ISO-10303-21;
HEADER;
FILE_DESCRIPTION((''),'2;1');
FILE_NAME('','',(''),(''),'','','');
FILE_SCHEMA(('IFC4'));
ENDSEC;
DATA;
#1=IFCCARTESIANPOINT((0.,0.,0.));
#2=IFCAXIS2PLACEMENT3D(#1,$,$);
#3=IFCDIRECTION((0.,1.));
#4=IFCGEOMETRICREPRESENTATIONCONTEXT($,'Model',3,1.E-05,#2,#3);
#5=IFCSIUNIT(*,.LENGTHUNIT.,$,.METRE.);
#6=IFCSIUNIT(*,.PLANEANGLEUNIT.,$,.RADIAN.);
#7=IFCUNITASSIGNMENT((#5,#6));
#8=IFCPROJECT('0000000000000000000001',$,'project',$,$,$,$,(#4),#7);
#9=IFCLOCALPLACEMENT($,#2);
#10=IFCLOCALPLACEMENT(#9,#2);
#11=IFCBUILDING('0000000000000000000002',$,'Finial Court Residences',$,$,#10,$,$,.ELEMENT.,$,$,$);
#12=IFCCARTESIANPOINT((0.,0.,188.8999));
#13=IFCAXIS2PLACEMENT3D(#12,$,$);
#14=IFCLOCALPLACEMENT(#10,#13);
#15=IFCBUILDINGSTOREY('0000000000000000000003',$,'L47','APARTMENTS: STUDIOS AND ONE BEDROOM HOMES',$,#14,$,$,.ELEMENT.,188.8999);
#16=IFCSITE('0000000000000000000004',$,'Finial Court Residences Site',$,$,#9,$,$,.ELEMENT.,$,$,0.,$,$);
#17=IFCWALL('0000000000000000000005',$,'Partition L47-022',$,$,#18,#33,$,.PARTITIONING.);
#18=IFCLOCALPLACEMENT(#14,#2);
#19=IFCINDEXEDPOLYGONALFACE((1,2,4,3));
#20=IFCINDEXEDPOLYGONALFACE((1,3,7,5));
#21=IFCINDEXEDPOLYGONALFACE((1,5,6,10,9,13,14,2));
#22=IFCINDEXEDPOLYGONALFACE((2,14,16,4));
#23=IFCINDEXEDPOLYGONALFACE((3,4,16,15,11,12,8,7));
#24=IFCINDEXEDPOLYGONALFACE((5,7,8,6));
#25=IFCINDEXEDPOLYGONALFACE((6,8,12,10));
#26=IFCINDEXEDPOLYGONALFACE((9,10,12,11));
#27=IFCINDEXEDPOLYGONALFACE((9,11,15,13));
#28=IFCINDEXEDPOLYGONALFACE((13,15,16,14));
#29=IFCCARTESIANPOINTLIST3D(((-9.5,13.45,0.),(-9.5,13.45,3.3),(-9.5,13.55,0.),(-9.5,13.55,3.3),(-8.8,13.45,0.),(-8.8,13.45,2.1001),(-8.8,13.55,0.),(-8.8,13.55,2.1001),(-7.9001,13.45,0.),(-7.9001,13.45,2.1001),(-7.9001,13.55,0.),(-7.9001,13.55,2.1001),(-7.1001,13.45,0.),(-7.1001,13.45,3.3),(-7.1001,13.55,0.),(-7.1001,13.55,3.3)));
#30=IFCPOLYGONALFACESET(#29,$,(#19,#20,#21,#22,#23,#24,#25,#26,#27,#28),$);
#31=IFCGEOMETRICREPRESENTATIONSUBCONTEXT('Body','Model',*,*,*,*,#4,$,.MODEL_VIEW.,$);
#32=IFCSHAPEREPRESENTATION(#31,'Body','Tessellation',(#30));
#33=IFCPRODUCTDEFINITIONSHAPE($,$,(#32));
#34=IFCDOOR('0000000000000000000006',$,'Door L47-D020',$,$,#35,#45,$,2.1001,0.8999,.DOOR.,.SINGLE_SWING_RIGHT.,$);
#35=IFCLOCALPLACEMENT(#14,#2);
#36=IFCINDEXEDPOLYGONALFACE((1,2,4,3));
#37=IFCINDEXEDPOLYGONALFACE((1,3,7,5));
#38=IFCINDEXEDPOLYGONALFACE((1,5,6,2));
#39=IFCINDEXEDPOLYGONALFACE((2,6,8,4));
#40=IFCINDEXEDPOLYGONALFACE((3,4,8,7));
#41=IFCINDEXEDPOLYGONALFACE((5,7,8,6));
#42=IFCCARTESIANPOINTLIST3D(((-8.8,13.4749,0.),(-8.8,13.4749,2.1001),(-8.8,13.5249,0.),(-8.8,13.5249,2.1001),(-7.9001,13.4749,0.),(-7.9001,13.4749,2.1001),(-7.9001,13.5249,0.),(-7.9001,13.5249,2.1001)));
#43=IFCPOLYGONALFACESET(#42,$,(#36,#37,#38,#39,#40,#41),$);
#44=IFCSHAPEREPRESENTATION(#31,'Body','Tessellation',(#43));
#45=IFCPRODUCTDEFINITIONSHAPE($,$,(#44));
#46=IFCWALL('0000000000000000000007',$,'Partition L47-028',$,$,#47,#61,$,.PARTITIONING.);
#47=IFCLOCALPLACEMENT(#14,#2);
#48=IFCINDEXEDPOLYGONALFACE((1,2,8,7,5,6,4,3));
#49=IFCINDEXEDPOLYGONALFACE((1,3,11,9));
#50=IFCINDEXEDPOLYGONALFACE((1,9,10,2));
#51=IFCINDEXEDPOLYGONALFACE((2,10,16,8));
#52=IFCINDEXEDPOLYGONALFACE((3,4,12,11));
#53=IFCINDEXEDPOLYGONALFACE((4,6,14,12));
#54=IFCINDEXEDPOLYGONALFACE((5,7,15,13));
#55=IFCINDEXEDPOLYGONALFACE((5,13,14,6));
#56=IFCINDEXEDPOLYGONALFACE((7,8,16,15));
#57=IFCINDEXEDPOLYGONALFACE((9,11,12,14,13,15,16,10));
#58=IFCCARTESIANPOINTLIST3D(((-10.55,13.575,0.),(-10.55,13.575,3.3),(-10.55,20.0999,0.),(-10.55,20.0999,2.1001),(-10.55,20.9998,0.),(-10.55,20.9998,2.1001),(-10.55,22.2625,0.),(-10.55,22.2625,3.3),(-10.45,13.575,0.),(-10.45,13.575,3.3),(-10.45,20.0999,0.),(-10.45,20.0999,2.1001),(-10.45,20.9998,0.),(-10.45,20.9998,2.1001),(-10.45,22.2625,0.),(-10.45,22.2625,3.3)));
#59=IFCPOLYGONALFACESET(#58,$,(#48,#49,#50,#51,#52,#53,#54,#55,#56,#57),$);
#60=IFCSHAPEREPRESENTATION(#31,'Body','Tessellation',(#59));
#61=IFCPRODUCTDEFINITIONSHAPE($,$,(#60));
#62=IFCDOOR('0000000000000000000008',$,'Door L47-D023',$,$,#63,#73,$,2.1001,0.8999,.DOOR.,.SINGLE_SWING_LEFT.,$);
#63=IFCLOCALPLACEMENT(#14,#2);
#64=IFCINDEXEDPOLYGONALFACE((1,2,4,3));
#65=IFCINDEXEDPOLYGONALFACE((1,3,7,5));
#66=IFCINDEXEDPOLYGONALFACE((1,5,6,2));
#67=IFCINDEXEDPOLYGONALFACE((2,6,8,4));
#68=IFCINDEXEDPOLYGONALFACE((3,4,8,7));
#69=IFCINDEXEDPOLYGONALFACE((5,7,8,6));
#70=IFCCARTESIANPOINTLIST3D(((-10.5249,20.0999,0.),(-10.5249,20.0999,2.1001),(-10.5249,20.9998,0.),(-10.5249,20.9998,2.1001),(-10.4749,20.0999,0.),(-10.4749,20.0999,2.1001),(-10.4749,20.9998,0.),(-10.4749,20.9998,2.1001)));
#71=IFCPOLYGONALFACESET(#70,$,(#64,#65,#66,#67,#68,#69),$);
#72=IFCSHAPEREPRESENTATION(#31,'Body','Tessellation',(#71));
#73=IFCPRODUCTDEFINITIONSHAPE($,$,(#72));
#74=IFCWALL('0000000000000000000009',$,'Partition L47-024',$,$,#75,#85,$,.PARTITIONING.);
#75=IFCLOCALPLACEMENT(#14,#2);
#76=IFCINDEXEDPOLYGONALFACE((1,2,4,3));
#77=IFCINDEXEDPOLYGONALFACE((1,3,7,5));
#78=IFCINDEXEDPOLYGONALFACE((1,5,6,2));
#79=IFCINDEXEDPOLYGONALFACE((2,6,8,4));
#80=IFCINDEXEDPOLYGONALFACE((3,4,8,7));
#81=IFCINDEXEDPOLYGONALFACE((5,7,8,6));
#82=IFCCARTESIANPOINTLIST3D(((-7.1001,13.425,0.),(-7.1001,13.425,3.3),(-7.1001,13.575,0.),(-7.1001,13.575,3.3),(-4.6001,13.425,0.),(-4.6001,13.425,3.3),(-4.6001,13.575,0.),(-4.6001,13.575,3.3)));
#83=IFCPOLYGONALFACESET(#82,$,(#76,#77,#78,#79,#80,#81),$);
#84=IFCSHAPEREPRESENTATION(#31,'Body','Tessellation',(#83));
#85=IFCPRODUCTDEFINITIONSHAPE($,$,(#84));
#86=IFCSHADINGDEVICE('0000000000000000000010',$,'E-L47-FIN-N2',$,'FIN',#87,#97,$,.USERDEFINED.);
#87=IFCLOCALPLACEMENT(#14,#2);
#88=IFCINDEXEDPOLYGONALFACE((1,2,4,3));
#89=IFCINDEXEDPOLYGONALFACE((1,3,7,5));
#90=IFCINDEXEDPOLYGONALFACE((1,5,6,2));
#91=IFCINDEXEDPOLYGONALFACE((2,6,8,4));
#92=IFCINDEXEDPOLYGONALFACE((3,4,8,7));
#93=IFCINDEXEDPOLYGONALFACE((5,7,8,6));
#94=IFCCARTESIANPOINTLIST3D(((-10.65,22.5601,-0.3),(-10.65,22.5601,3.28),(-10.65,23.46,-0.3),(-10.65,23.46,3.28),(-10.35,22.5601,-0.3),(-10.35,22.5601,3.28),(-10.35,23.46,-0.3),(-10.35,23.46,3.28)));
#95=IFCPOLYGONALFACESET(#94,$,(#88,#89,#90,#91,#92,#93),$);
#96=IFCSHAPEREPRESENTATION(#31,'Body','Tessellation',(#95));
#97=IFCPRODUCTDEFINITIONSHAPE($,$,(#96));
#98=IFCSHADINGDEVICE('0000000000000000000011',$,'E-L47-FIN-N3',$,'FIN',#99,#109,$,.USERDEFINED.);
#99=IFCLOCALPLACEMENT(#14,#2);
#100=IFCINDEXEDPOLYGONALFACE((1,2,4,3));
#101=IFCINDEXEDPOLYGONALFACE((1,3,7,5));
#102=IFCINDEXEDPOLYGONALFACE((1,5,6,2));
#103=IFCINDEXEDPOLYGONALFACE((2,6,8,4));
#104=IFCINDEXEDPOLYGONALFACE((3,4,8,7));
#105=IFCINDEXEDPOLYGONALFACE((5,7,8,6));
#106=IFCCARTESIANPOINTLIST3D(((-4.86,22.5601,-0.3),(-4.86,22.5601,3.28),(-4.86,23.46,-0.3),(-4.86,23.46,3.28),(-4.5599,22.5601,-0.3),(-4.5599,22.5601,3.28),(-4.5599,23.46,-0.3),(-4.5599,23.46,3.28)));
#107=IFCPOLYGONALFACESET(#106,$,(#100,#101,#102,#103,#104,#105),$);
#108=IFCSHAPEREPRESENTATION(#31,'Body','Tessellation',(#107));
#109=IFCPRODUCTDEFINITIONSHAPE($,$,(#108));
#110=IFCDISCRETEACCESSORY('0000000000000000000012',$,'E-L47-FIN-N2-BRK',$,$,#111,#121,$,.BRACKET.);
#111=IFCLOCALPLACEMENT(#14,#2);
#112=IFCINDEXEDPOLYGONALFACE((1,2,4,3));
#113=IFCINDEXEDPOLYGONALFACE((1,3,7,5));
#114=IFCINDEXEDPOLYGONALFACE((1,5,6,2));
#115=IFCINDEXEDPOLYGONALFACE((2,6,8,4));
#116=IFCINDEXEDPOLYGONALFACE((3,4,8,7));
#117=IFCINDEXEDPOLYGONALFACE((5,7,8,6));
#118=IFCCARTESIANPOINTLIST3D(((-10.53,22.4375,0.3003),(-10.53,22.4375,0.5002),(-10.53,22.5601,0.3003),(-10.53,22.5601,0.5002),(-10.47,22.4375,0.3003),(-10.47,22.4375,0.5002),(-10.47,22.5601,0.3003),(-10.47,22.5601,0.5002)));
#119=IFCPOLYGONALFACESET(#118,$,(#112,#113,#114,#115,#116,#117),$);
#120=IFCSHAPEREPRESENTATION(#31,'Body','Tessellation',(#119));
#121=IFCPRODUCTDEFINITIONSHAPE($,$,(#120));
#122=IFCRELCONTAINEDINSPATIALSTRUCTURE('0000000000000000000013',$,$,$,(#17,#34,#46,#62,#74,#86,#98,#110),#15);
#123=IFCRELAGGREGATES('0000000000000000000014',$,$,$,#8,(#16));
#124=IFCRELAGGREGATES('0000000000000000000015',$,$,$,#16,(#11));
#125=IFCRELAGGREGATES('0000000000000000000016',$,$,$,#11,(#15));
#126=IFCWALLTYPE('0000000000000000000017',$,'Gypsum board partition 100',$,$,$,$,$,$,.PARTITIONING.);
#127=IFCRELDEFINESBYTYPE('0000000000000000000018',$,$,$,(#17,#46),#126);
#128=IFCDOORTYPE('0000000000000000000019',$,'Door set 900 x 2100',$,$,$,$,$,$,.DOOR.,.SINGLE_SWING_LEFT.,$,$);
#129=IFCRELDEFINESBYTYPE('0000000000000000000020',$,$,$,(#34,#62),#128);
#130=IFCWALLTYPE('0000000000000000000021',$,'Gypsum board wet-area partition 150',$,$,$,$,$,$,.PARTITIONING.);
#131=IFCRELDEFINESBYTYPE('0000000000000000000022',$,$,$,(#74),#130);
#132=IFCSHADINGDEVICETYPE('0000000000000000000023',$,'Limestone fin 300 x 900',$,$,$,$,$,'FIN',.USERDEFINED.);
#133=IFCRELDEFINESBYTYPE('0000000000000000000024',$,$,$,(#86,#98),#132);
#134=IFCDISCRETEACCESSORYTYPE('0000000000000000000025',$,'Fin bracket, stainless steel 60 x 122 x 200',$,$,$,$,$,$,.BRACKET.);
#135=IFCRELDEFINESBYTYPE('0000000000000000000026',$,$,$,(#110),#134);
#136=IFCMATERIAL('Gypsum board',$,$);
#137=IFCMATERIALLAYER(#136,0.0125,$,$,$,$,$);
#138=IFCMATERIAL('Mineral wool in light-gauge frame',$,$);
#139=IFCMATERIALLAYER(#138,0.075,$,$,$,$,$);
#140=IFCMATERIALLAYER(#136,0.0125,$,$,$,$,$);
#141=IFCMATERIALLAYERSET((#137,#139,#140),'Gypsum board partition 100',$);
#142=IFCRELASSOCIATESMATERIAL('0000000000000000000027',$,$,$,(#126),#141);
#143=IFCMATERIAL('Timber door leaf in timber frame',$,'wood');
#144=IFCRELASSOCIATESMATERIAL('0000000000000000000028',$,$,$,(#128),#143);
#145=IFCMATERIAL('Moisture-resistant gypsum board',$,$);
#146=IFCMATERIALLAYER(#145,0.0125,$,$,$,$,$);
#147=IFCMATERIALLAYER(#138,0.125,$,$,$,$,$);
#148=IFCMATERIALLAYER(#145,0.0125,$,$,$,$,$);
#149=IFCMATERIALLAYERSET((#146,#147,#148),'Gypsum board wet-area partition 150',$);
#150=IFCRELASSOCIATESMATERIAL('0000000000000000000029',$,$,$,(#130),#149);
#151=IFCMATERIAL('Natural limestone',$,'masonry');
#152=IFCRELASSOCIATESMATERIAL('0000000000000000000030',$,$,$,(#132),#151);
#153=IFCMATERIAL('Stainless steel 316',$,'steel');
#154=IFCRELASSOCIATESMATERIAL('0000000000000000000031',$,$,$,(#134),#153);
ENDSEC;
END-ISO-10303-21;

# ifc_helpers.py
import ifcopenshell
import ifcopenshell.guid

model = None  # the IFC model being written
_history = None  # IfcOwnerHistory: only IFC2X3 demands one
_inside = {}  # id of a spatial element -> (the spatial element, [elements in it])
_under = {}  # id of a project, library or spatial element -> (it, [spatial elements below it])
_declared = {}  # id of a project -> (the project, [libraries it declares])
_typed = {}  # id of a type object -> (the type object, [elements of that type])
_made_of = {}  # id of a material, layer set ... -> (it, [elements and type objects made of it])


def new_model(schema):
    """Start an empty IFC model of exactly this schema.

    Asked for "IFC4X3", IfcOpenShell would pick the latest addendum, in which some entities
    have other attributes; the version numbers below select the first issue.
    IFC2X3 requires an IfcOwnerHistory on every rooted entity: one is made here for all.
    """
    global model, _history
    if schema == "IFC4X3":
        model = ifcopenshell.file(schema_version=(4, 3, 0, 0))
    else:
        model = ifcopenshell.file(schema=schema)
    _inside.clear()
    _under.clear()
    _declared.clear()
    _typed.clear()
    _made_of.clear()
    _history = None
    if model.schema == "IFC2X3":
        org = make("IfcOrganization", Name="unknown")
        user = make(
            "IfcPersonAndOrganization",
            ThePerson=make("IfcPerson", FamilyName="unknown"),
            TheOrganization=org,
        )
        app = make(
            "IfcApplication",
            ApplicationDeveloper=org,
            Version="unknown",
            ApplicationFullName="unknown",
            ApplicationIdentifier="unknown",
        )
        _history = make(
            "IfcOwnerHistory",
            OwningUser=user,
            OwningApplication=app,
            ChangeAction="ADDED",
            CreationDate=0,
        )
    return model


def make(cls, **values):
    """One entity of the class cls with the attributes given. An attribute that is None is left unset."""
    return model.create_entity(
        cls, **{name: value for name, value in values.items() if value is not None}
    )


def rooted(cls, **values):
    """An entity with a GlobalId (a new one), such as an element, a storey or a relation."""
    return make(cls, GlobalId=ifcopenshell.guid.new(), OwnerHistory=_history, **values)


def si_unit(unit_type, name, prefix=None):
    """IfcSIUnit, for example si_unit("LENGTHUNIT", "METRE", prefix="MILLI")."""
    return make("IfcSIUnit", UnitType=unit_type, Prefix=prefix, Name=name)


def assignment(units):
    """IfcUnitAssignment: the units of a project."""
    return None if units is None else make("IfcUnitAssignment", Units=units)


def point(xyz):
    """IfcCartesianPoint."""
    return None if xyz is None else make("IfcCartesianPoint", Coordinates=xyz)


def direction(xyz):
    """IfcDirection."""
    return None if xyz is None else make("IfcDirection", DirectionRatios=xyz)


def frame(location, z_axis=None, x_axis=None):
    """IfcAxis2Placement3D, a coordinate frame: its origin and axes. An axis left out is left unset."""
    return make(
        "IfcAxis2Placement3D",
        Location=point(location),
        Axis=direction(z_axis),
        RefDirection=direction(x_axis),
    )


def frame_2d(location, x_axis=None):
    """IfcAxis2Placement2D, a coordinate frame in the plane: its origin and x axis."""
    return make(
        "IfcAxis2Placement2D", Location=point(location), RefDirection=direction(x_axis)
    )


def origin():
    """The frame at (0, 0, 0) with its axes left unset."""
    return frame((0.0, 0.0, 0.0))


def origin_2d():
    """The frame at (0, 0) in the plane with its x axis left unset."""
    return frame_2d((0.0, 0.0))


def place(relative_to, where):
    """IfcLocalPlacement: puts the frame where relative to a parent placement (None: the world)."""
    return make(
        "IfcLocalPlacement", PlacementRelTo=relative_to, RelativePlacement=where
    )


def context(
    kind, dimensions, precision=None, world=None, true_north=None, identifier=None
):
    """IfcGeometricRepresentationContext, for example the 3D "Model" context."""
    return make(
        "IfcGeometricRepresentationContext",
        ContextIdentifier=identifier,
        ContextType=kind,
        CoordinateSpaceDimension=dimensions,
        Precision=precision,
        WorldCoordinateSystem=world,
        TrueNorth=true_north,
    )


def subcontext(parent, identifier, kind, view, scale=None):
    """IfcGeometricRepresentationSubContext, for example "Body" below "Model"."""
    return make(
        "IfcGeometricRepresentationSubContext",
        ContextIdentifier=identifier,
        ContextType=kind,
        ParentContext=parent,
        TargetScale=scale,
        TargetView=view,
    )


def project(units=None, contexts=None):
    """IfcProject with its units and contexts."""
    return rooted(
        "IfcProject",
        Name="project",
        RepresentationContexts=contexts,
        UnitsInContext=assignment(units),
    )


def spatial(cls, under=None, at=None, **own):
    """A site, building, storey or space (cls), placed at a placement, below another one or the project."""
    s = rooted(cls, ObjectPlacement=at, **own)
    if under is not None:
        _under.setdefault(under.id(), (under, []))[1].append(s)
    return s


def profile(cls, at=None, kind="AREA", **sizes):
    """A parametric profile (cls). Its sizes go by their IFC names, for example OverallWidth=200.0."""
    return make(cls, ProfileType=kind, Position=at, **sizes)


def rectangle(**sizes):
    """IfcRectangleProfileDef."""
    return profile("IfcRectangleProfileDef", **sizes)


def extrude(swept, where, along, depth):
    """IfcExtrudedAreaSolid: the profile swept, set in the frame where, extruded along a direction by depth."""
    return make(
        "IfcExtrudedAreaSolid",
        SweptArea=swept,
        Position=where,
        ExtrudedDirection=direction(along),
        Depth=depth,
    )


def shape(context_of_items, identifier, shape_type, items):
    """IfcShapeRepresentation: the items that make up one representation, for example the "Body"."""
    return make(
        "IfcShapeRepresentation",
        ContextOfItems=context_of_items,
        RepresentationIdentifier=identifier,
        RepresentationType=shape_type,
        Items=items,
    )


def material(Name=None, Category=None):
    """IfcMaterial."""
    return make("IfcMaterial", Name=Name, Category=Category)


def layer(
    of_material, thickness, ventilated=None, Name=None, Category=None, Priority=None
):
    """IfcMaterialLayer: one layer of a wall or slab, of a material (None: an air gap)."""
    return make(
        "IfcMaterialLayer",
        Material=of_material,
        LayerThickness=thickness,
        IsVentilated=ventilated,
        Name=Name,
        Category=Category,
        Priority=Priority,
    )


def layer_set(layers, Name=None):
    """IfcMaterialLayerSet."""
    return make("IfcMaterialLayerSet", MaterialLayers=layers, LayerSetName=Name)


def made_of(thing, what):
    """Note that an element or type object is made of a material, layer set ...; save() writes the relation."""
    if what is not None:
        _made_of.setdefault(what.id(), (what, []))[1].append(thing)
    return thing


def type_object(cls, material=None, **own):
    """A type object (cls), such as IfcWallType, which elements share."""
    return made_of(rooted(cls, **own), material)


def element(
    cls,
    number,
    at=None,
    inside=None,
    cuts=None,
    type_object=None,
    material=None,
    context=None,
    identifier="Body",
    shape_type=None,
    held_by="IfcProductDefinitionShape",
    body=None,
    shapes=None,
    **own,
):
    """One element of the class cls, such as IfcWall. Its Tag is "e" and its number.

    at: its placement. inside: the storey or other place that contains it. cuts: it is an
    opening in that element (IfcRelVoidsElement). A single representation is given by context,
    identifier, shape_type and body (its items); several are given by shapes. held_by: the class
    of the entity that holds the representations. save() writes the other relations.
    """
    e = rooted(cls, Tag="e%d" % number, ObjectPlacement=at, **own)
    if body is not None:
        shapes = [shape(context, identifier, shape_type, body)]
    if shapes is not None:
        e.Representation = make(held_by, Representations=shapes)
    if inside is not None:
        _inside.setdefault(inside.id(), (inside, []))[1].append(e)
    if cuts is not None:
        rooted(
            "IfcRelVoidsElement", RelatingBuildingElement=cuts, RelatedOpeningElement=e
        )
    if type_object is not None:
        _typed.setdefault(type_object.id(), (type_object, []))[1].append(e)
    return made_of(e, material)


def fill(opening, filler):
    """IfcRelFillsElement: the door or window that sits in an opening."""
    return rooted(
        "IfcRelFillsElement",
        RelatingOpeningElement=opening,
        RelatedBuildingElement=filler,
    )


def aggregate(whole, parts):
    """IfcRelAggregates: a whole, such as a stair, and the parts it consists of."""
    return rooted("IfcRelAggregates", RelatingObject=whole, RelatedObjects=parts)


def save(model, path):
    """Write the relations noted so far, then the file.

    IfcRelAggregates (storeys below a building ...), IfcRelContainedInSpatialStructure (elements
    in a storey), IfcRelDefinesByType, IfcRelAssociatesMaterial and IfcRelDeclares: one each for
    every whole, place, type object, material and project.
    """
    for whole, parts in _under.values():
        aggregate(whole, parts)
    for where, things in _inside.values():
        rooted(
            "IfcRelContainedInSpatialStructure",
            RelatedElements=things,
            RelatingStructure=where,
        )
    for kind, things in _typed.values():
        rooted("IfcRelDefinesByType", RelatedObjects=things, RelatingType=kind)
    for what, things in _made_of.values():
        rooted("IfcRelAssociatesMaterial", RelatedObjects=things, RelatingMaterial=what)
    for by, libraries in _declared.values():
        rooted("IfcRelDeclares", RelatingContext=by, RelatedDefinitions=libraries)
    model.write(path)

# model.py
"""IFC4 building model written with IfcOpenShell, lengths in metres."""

from ifc_helpers import new_model, si_unit, direction, frame, frame_2d, origin, origin_2d, place, context, subcontext, project, spatial, rectangle, extrude, material, layer, layer_set, type_object, element, fill, save


model = new_model("IFC4")

# Units and contexts
model_context = context("Model", 3, precision=1e-05, world=origin(), true_north=direction((0.0, 1.0)))
body_context = subcontext(model_context, "Body", "Model", "MODEL_VIEW")
ifc_project = project(units=[si_unit("LENGTHUNIT", "METRE"), si_unit("PLANEANGLEUNIT", "RADIAN")], contexts=[model_context])

# Site, building, storey
site_placement = place(None, origin())
site = spatial("IfcSite", under=ifc_project, at=site_placement, Name="Finial Court Residences Site", CompositionType="ELEMENT", RefElevation=0.0)
building_placement = place(site_placement, origin())
building = spatial("IfcBuilding", under=site, at=building_placement, Name="Finial Court Residences", CompositionType="ELEMENT")
storey_placement = place(building_placement, frame((0.0, 0.0, 188.8999)))
storey = spatial("IfcBuildingStorey", under=building, at=storey_placement, Name="L47", Description="APARTMENTS: STUDIOS AND ONE BEDROOM HOMES", CompositionType="ELEMENT", Elevation=188.8999)

# Walls, openings, doors
ifc_material_1 = material(Name="Gypsum board")
ifc_layer_1 = layer(ifc_material_1, 0.0125)
ifc_material_2 = material(Name="Mineral wool in light-gauge frame")
ifc_layer_2 = layer(ifc_material_2, 0.075)
ifc_layer_3 = layer(ifc_material_1, 0.0125)
ifc_layer_set_1 = layer_set([ifc_layer_1, ifc_layer_2, ifc_layer_3], Name="Gypsum board partition 100")
wall_type_1 = type_object("IfcWallType", Name="Gypsum board partition 100", PredefinedType="PARTITIONING", material=ifc_layer_set_1)
wall_1_placement = place(storey_placement, frame((-9.5, 13.5, 0.0), z_axis=(0.0, 0.0, 1.0), x_axis=(1.0, 0.0, 0.0)))
wall_1 = element("IfcWall", 1, at=wall_1_placement, inside=storey, type_object=wall_type_1, Name="Partition L47-022", PredefinedType="PARTITIONING", context=body_context, shape_type="SweptSolid", body=[
    extrude(rectangle(XDim=2.3999, YDim=0.1001, at=frame_2d((1.2, 0.0))), origin(), (0.0, 0.0, 1.0), 3.3),
])
opening_1_placement = place(wall_1_placement, frame((0.7, 0.0, 0.0)))
opening_1 = element("IfcOpeningElement", 2, at=opening_1_placement, cuts=wall_1, PredefinedType="OPENING", context=body_context, shape_type="SweptSolid", body=[
    extrude(rectangle(XDim=0.8999, YDim=2.1001, at=frame_2d((0.45, 1.05))), frame((0.0, 0.0601, 0.0), z_axis=(0.0, -1.0, 0.0), x_axis=(1.0, 0.0, 0.0)), (0.0, 0.0, 1.0), 0.1201),
])
ifc_material_3 = material(Name="Timber door leaf in timber frame", Category="wood")
door_type = type_object("IfcDoorType", Name="Door set 900 x 2100", OperationType="SINGLE_SWING_LEFT", PredefinedType="DOOR", material=ifc_material_3)
door_1_placement = place(opening_1_placement, origin())
door_1 = element("IfcDoor", 3, at=door_1_placement, inside=storey, type_object=door_type, Name="Door L47-D020", OperationType="SINGLE_SWING_RIGHT", OverallHeight=2.1001, OverallWidth=0.8999, PredefinedType="DOOR", context=body_context, shape_type="SweptSolid", body=[
    extrude(rectangle(XDim=0.8999, YDim=2.1001, at=frame_2d((0.45, 1.05))), frame((0.0, 0.0249, 0.0), z_axis=(0.0, -1.0, 0.0), x_axis=(1.0, 0.0, 0.0)), (0.0, 0.0, 1.0), 0.05),
])
fill(opening_1, door_1)
wall_2_placement = place(storey_placement, frame((-10.5, 13.575, 0.0), z_axis=(0.0, 0.0, 1.0), x_axis=(0.0, 1.0, 0.0)))
wall_2 = element("IfcWall", 4, at=wall_2_placement, inside=storey, type_object=wall_type_1, Name="Partition L47-028", PredefinedType="PARTITIONING", context=body_context, shape_type="SweptSolid", body=[
    extrude(rectangle(XDim=8.6875, YDim=0.1001, at=frame_2d((4.3438, 0.0))), origin(), (0.0, 0.0, 1.0), 3.3),
])
opening_2_placement = place(wall_2_placement, frame((6.5249, 0.0, 0.0)))
opening_2 = element("IfcOpeningElement", 5, at=opening_2_placement, cuts=wall_2, PredefinedType="OPENING", context=body_context, shape_type="SweptSolid", body=[
    extrude(rectangle(XDim=0.8999, YDim=2.1001, at=frame_2d((0.45, 1.05))), frame((0.0, 0.0601, 0.0), z_axis=(0.0, -1.0, 0.0), x_axis=(1.0, 0.0, 0.0)), (0.0, 0.0, 1.0), 0.1201),
])
door_2_placement = place(opening_2_placement, origin())
door_2 = element("IfcDoor", 6, at=door_2_placement, inside=storey, type_object=door_type, Name="Door L47-D023", OperationType="SINGLE_SWING_LEFT", OverallHeight=2.1001, OverallWidth=0.8999, PredefinedType="DOOR", context=body_context, shape_type="SweptSolid", body=[
    extrude(rectangle(XDim=0.8999, YDim=2.1001, at=frame_2d((0.45, 1.05))), frame((0.0, 0.0249, 0.0), z_axis=(0.0, -1.0, 0.0), x_axis=(1.0, 0.0, 0.0)), (0.0, 0.0, 1.0), 0.05),
])
fill(opening_2, door_2)

# Wall
ifc_material_4 = material(Name="Moisture-resistant gypsum board")
ifc_layer_4 = layer(ifc_material_4, 0.0125)
ifc_layer_5 = layer(ifc_material_2, 0.125)
ifc_layer_6 = layer(ifc_material_4, 0.0125)
ifc_layer_set_2 = layer_set([ifc_layer_4, ifc_layer_5, ifc_layer_6], Name="Gypsum board wet-area partition 150")
wall_type_2 = type_object("IfcWallType", Name="Gypsum board wet-area partition 150", PredefinedType="PARTITIONING", material=ifc_layer_set_2)
wall_3_placement = place(storey_placement, frame((-7.1001, 13.5, 0.0), z_axis=(0.0, 0.0, 1.0), x_axis=(1.0, 0.0, 0.0)))
element("IfcWall", 7, at=wall_3_placement, inside=storey, type_object=wall_type_2, Name="Partition L47-024", PredefinedType="PARTITIONING", context=body_context, shape_type="SweptSolid", body=[
    extrude(rectangle(XDim=2.5, YDim=0.1499, at=frame_2d((1.25, 0.0))), origin(), (0.0, 0.0, 1.0), 3.3),
])

# Shading devices
ifc_material_5 = material(Name="Natural limestone", Category="masonry")
shading_device_type = type_object("IfcShadingDeviceType", Name="Limestone fin 300 x 900", ElementType="FIN", PredefinedType="USERDEFINED", material=ifc_material_5)
for number, where, z_axis, x_axis, name in (
    (8, (-10.5, 23.01, -0.3), (0.0, 0.0, 1.0), (1.0, 0.0, 0.0), "E-L47-FIN-N2"),
    (9, (-4.71, 23.01, -0.3), (0.0, 0.0, 1.0), (1.0, 0.0, 0.0), "E-L47-FIN-N3"),
):
    element("IfcShadingDevice", number, at=place(storey_placement, frame(where, z_axis=z_axis, x_axis=x_axis)), inside=storey, type_object=shading_device_type, Name=name, ObjectType="FIN", PredefinedType="USERDEFINED", context=body_context, shape_type="SweptSolid", body=[
        extrude(rectangle(XDim=0.3, YDim=0.8999, at=origin_2d()), origin(), (0.0, 0.0, 1.0), 3.5801),
    ])

# Discrete accessory
ifc_material_6 = material(Name="Stainless steel 316", Category="steel")
discrete_accessory_type = type_object("IfcDiscreteAccessoryType", Name="Fin bracket, stainless steel 60 x 122 x 200", PredefinedType="BRACKET", material=ifc_material_6)
discrete_accessory_placement = place(storey_placement, frame((-10.5, 22.4988, 0.3003), z_axis=(0.0, 0.0, 1.0), x_axis=(1.0, 0.0, 0.0)))
element("IfcDiscreteAccessory", 10, at=discrete_accessory_placement, inside=storey, type_object=discrete_accessory_type, Name="E-L47-FIN-N2-BRK", PredefinedType="BRACKET", context=body_context, shape_type="SweptSolid", body=[
    extrude(rectangle(XDim=0.0601, YDim=0.1226, at=origin_2d()), origin(), (0.0, 0.0, 1.0), 0.2),
])

save(model, "model.ifc")
